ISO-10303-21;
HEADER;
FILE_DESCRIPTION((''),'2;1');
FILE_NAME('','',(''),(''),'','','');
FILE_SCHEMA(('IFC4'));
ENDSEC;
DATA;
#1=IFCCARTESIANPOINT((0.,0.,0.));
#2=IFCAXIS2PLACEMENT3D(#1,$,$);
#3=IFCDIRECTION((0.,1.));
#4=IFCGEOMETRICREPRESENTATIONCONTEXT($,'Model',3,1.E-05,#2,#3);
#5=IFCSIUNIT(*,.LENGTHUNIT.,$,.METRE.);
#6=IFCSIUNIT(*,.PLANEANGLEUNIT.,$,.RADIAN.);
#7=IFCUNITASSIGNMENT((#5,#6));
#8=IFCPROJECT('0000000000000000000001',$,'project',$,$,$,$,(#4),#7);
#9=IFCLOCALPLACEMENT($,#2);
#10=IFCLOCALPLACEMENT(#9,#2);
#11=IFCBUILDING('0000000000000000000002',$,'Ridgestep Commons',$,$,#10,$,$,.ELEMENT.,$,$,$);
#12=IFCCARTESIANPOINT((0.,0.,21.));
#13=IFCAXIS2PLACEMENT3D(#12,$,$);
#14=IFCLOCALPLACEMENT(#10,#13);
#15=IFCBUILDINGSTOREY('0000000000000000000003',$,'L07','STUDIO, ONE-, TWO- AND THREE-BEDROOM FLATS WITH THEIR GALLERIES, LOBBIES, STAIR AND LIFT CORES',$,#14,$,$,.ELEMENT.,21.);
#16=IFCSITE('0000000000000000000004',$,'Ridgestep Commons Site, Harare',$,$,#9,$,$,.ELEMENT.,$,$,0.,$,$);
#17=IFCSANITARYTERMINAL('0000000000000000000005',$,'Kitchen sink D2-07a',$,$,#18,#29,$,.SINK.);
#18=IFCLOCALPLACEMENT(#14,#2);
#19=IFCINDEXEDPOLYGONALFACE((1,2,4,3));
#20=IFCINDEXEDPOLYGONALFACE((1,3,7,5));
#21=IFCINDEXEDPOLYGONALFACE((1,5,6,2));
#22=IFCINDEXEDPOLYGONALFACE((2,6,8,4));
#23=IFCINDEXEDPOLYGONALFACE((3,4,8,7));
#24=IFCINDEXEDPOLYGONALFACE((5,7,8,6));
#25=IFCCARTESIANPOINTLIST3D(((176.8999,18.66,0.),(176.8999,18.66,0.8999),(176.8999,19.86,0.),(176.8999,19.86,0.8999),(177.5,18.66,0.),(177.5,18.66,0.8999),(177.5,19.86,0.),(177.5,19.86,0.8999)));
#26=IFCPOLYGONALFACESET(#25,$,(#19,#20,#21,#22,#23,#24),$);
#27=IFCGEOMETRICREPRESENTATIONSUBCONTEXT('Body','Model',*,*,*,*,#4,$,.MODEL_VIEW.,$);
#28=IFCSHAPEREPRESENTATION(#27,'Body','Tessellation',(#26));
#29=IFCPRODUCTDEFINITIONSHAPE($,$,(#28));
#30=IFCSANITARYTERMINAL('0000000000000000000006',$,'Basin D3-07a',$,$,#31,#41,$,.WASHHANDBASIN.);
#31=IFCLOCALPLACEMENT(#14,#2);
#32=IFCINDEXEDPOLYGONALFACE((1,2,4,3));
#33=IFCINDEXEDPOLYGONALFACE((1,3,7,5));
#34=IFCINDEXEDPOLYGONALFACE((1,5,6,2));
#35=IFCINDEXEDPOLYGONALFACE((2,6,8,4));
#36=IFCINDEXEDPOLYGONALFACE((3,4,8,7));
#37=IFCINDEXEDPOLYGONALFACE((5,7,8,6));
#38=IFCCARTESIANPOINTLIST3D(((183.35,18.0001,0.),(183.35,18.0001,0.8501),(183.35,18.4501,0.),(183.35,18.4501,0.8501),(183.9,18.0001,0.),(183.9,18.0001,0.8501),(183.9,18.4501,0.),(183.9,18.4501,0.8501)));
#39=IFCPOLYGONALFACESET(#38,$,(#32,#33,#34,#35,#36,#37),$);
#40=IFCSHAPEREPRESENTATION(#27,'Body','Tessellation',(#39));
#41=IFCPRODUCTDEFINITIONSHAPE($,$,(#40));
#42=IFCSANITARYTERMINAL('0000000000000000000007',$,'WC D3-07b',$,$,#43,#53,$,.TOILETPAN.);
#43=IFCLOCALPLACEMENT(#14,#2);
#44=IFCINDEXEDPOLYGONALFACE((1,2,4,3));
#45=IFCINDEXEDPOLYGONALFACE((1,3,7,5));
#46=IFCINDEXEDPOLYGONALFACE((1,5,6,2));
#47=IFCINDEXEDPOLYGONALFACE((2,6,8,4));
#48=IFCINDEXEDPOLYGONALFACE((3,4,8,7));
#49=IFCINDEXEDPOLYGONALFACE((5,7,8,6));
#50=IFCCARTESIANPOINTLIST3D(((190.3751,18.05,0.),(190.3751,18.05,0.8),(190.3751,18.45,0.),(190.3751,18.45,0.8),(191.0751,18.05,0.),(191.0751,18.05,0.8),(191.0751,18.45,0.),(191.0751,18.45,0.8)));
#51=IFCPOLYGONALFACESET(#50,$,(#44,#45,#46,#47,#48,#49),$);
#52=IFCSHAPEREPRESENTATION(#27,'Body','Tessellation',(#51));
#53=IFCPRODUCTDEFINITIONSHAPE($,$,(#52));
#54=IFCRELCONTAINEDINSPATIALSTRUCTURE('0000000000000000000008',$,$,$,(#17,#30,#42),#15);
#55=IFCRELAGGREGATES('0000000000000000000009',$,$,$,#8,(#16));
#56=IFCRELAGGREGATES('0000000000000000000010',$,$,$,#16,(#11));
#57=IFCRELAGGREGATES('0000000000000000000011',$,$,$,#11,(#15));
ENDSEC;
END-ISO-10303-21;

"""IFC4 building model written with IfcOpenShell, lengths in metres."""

from ifc_helpers import new_model, si_unit, direction, frame, origin, origin_2d, place, context, subcontext, project, spatial, rectangle, extrude, element, save


model = new_model("IFC4")

# Units and contexts
model_context = context("Model", 3, precision=1e-05, world=origin(), true_north=direction((0.0, 1.0)))
body_context = subcontext(model_context, "Body", "Model", "MODEL_VIEW")
ifc_project = project(units=[si_unit("LENGTHUNIT", "METRE"), si_unit("PLANEANGLEUNIT", "RADIAN")], contexts=[model_context])

# Site, building, storey
site_placement = place(None, origin())
site = spatial("IfcSite", under=ifc_project, at=site_placement, Name="Ridgestep Commons Site, Harare", CompositionType="ELEMENT", RefElevation=0.0)
building_placement = place(site_placement, origin())
building = spatial("IfcBuilding", under=site, at=building_placement, Name="Ridgestep Commons", CompositionType="ELEMENT")
storey_placement = place(building_placement, frame((0.0, 0.0, 21.0)))
storey = spatial("IfcBuildingStorey", under=building, at=storey_placement, Name="L07", Description="STUDIO, ONE-, TWO- AND THREE-BEDROOM FLATS WITH THEIR GALLERIES, LOBBIES, STAIR AND LIFT CORES", CompositionType="ELEMENT", Elevation=21.0)

# Sanitary terminals
sanitary_terminal_1_placement = place(storey_placement, frame((177.2, 19.26, 0.0), z_axis=(0.0, 0.0, 1.0), x_axis=(1.0, 0.0, 0.0)))
element("IfcSanitaryTerminal", 1, at=sanitary_terminal_1_placement, inside=storey, Name="Kitchen sink D2-07a", PredefinedType="SINK", context=body_context, shape_type="SweptSolid", body=[
    extrude(rectangle(XDim=0.6001, YDim=1.2, at=origin_2d()), origin(), (0.0, 0.0, 1.0), 0.8999),
])
sanitary_terminal_2_placement = place(storey_placement, frame((183.625, 18.2251, 0.0), z_axis=(0.0, 0.0, 1.0), x_axis=(1.0, 0.0, 0.0)))
element("IfcSanitaryTerminal", 2, at=sanitary_terminal_2_placement, inside=storey, Name="Basin D3-07a", PredefinedType="WASHHANDBASIN", context=body_context, shape_type="SweptSolid", body=[
    extrude(rectangle(XDim=0.55, YDim=0.45, at=origin_2d()), origin(), (0.0, 0.0, 1.0), 0.8501),
])
sanitary_terminal_3_placement = place(storey_placement, frame((190.7251, 18.25, 0.0), z_axis=(0.0, 0.0, 1.0), x_axis=(1.0, 0.0, 0.0)))
element("IfcSanitaryTerminal", 3, at=sanitary_terminal_3_placement, inside=storey, Name="WC D3-07b", PredefinedType="TOILETPAN", context=body_context, shape_type="SweptSolid", body=[
    extrude(rectangle(XDim=0.7, YDim=0.3999, at=origin_2d()), origin(), (0.0, 0.0, 1.0), 0.8),
])

save(model, "model.ifc")
